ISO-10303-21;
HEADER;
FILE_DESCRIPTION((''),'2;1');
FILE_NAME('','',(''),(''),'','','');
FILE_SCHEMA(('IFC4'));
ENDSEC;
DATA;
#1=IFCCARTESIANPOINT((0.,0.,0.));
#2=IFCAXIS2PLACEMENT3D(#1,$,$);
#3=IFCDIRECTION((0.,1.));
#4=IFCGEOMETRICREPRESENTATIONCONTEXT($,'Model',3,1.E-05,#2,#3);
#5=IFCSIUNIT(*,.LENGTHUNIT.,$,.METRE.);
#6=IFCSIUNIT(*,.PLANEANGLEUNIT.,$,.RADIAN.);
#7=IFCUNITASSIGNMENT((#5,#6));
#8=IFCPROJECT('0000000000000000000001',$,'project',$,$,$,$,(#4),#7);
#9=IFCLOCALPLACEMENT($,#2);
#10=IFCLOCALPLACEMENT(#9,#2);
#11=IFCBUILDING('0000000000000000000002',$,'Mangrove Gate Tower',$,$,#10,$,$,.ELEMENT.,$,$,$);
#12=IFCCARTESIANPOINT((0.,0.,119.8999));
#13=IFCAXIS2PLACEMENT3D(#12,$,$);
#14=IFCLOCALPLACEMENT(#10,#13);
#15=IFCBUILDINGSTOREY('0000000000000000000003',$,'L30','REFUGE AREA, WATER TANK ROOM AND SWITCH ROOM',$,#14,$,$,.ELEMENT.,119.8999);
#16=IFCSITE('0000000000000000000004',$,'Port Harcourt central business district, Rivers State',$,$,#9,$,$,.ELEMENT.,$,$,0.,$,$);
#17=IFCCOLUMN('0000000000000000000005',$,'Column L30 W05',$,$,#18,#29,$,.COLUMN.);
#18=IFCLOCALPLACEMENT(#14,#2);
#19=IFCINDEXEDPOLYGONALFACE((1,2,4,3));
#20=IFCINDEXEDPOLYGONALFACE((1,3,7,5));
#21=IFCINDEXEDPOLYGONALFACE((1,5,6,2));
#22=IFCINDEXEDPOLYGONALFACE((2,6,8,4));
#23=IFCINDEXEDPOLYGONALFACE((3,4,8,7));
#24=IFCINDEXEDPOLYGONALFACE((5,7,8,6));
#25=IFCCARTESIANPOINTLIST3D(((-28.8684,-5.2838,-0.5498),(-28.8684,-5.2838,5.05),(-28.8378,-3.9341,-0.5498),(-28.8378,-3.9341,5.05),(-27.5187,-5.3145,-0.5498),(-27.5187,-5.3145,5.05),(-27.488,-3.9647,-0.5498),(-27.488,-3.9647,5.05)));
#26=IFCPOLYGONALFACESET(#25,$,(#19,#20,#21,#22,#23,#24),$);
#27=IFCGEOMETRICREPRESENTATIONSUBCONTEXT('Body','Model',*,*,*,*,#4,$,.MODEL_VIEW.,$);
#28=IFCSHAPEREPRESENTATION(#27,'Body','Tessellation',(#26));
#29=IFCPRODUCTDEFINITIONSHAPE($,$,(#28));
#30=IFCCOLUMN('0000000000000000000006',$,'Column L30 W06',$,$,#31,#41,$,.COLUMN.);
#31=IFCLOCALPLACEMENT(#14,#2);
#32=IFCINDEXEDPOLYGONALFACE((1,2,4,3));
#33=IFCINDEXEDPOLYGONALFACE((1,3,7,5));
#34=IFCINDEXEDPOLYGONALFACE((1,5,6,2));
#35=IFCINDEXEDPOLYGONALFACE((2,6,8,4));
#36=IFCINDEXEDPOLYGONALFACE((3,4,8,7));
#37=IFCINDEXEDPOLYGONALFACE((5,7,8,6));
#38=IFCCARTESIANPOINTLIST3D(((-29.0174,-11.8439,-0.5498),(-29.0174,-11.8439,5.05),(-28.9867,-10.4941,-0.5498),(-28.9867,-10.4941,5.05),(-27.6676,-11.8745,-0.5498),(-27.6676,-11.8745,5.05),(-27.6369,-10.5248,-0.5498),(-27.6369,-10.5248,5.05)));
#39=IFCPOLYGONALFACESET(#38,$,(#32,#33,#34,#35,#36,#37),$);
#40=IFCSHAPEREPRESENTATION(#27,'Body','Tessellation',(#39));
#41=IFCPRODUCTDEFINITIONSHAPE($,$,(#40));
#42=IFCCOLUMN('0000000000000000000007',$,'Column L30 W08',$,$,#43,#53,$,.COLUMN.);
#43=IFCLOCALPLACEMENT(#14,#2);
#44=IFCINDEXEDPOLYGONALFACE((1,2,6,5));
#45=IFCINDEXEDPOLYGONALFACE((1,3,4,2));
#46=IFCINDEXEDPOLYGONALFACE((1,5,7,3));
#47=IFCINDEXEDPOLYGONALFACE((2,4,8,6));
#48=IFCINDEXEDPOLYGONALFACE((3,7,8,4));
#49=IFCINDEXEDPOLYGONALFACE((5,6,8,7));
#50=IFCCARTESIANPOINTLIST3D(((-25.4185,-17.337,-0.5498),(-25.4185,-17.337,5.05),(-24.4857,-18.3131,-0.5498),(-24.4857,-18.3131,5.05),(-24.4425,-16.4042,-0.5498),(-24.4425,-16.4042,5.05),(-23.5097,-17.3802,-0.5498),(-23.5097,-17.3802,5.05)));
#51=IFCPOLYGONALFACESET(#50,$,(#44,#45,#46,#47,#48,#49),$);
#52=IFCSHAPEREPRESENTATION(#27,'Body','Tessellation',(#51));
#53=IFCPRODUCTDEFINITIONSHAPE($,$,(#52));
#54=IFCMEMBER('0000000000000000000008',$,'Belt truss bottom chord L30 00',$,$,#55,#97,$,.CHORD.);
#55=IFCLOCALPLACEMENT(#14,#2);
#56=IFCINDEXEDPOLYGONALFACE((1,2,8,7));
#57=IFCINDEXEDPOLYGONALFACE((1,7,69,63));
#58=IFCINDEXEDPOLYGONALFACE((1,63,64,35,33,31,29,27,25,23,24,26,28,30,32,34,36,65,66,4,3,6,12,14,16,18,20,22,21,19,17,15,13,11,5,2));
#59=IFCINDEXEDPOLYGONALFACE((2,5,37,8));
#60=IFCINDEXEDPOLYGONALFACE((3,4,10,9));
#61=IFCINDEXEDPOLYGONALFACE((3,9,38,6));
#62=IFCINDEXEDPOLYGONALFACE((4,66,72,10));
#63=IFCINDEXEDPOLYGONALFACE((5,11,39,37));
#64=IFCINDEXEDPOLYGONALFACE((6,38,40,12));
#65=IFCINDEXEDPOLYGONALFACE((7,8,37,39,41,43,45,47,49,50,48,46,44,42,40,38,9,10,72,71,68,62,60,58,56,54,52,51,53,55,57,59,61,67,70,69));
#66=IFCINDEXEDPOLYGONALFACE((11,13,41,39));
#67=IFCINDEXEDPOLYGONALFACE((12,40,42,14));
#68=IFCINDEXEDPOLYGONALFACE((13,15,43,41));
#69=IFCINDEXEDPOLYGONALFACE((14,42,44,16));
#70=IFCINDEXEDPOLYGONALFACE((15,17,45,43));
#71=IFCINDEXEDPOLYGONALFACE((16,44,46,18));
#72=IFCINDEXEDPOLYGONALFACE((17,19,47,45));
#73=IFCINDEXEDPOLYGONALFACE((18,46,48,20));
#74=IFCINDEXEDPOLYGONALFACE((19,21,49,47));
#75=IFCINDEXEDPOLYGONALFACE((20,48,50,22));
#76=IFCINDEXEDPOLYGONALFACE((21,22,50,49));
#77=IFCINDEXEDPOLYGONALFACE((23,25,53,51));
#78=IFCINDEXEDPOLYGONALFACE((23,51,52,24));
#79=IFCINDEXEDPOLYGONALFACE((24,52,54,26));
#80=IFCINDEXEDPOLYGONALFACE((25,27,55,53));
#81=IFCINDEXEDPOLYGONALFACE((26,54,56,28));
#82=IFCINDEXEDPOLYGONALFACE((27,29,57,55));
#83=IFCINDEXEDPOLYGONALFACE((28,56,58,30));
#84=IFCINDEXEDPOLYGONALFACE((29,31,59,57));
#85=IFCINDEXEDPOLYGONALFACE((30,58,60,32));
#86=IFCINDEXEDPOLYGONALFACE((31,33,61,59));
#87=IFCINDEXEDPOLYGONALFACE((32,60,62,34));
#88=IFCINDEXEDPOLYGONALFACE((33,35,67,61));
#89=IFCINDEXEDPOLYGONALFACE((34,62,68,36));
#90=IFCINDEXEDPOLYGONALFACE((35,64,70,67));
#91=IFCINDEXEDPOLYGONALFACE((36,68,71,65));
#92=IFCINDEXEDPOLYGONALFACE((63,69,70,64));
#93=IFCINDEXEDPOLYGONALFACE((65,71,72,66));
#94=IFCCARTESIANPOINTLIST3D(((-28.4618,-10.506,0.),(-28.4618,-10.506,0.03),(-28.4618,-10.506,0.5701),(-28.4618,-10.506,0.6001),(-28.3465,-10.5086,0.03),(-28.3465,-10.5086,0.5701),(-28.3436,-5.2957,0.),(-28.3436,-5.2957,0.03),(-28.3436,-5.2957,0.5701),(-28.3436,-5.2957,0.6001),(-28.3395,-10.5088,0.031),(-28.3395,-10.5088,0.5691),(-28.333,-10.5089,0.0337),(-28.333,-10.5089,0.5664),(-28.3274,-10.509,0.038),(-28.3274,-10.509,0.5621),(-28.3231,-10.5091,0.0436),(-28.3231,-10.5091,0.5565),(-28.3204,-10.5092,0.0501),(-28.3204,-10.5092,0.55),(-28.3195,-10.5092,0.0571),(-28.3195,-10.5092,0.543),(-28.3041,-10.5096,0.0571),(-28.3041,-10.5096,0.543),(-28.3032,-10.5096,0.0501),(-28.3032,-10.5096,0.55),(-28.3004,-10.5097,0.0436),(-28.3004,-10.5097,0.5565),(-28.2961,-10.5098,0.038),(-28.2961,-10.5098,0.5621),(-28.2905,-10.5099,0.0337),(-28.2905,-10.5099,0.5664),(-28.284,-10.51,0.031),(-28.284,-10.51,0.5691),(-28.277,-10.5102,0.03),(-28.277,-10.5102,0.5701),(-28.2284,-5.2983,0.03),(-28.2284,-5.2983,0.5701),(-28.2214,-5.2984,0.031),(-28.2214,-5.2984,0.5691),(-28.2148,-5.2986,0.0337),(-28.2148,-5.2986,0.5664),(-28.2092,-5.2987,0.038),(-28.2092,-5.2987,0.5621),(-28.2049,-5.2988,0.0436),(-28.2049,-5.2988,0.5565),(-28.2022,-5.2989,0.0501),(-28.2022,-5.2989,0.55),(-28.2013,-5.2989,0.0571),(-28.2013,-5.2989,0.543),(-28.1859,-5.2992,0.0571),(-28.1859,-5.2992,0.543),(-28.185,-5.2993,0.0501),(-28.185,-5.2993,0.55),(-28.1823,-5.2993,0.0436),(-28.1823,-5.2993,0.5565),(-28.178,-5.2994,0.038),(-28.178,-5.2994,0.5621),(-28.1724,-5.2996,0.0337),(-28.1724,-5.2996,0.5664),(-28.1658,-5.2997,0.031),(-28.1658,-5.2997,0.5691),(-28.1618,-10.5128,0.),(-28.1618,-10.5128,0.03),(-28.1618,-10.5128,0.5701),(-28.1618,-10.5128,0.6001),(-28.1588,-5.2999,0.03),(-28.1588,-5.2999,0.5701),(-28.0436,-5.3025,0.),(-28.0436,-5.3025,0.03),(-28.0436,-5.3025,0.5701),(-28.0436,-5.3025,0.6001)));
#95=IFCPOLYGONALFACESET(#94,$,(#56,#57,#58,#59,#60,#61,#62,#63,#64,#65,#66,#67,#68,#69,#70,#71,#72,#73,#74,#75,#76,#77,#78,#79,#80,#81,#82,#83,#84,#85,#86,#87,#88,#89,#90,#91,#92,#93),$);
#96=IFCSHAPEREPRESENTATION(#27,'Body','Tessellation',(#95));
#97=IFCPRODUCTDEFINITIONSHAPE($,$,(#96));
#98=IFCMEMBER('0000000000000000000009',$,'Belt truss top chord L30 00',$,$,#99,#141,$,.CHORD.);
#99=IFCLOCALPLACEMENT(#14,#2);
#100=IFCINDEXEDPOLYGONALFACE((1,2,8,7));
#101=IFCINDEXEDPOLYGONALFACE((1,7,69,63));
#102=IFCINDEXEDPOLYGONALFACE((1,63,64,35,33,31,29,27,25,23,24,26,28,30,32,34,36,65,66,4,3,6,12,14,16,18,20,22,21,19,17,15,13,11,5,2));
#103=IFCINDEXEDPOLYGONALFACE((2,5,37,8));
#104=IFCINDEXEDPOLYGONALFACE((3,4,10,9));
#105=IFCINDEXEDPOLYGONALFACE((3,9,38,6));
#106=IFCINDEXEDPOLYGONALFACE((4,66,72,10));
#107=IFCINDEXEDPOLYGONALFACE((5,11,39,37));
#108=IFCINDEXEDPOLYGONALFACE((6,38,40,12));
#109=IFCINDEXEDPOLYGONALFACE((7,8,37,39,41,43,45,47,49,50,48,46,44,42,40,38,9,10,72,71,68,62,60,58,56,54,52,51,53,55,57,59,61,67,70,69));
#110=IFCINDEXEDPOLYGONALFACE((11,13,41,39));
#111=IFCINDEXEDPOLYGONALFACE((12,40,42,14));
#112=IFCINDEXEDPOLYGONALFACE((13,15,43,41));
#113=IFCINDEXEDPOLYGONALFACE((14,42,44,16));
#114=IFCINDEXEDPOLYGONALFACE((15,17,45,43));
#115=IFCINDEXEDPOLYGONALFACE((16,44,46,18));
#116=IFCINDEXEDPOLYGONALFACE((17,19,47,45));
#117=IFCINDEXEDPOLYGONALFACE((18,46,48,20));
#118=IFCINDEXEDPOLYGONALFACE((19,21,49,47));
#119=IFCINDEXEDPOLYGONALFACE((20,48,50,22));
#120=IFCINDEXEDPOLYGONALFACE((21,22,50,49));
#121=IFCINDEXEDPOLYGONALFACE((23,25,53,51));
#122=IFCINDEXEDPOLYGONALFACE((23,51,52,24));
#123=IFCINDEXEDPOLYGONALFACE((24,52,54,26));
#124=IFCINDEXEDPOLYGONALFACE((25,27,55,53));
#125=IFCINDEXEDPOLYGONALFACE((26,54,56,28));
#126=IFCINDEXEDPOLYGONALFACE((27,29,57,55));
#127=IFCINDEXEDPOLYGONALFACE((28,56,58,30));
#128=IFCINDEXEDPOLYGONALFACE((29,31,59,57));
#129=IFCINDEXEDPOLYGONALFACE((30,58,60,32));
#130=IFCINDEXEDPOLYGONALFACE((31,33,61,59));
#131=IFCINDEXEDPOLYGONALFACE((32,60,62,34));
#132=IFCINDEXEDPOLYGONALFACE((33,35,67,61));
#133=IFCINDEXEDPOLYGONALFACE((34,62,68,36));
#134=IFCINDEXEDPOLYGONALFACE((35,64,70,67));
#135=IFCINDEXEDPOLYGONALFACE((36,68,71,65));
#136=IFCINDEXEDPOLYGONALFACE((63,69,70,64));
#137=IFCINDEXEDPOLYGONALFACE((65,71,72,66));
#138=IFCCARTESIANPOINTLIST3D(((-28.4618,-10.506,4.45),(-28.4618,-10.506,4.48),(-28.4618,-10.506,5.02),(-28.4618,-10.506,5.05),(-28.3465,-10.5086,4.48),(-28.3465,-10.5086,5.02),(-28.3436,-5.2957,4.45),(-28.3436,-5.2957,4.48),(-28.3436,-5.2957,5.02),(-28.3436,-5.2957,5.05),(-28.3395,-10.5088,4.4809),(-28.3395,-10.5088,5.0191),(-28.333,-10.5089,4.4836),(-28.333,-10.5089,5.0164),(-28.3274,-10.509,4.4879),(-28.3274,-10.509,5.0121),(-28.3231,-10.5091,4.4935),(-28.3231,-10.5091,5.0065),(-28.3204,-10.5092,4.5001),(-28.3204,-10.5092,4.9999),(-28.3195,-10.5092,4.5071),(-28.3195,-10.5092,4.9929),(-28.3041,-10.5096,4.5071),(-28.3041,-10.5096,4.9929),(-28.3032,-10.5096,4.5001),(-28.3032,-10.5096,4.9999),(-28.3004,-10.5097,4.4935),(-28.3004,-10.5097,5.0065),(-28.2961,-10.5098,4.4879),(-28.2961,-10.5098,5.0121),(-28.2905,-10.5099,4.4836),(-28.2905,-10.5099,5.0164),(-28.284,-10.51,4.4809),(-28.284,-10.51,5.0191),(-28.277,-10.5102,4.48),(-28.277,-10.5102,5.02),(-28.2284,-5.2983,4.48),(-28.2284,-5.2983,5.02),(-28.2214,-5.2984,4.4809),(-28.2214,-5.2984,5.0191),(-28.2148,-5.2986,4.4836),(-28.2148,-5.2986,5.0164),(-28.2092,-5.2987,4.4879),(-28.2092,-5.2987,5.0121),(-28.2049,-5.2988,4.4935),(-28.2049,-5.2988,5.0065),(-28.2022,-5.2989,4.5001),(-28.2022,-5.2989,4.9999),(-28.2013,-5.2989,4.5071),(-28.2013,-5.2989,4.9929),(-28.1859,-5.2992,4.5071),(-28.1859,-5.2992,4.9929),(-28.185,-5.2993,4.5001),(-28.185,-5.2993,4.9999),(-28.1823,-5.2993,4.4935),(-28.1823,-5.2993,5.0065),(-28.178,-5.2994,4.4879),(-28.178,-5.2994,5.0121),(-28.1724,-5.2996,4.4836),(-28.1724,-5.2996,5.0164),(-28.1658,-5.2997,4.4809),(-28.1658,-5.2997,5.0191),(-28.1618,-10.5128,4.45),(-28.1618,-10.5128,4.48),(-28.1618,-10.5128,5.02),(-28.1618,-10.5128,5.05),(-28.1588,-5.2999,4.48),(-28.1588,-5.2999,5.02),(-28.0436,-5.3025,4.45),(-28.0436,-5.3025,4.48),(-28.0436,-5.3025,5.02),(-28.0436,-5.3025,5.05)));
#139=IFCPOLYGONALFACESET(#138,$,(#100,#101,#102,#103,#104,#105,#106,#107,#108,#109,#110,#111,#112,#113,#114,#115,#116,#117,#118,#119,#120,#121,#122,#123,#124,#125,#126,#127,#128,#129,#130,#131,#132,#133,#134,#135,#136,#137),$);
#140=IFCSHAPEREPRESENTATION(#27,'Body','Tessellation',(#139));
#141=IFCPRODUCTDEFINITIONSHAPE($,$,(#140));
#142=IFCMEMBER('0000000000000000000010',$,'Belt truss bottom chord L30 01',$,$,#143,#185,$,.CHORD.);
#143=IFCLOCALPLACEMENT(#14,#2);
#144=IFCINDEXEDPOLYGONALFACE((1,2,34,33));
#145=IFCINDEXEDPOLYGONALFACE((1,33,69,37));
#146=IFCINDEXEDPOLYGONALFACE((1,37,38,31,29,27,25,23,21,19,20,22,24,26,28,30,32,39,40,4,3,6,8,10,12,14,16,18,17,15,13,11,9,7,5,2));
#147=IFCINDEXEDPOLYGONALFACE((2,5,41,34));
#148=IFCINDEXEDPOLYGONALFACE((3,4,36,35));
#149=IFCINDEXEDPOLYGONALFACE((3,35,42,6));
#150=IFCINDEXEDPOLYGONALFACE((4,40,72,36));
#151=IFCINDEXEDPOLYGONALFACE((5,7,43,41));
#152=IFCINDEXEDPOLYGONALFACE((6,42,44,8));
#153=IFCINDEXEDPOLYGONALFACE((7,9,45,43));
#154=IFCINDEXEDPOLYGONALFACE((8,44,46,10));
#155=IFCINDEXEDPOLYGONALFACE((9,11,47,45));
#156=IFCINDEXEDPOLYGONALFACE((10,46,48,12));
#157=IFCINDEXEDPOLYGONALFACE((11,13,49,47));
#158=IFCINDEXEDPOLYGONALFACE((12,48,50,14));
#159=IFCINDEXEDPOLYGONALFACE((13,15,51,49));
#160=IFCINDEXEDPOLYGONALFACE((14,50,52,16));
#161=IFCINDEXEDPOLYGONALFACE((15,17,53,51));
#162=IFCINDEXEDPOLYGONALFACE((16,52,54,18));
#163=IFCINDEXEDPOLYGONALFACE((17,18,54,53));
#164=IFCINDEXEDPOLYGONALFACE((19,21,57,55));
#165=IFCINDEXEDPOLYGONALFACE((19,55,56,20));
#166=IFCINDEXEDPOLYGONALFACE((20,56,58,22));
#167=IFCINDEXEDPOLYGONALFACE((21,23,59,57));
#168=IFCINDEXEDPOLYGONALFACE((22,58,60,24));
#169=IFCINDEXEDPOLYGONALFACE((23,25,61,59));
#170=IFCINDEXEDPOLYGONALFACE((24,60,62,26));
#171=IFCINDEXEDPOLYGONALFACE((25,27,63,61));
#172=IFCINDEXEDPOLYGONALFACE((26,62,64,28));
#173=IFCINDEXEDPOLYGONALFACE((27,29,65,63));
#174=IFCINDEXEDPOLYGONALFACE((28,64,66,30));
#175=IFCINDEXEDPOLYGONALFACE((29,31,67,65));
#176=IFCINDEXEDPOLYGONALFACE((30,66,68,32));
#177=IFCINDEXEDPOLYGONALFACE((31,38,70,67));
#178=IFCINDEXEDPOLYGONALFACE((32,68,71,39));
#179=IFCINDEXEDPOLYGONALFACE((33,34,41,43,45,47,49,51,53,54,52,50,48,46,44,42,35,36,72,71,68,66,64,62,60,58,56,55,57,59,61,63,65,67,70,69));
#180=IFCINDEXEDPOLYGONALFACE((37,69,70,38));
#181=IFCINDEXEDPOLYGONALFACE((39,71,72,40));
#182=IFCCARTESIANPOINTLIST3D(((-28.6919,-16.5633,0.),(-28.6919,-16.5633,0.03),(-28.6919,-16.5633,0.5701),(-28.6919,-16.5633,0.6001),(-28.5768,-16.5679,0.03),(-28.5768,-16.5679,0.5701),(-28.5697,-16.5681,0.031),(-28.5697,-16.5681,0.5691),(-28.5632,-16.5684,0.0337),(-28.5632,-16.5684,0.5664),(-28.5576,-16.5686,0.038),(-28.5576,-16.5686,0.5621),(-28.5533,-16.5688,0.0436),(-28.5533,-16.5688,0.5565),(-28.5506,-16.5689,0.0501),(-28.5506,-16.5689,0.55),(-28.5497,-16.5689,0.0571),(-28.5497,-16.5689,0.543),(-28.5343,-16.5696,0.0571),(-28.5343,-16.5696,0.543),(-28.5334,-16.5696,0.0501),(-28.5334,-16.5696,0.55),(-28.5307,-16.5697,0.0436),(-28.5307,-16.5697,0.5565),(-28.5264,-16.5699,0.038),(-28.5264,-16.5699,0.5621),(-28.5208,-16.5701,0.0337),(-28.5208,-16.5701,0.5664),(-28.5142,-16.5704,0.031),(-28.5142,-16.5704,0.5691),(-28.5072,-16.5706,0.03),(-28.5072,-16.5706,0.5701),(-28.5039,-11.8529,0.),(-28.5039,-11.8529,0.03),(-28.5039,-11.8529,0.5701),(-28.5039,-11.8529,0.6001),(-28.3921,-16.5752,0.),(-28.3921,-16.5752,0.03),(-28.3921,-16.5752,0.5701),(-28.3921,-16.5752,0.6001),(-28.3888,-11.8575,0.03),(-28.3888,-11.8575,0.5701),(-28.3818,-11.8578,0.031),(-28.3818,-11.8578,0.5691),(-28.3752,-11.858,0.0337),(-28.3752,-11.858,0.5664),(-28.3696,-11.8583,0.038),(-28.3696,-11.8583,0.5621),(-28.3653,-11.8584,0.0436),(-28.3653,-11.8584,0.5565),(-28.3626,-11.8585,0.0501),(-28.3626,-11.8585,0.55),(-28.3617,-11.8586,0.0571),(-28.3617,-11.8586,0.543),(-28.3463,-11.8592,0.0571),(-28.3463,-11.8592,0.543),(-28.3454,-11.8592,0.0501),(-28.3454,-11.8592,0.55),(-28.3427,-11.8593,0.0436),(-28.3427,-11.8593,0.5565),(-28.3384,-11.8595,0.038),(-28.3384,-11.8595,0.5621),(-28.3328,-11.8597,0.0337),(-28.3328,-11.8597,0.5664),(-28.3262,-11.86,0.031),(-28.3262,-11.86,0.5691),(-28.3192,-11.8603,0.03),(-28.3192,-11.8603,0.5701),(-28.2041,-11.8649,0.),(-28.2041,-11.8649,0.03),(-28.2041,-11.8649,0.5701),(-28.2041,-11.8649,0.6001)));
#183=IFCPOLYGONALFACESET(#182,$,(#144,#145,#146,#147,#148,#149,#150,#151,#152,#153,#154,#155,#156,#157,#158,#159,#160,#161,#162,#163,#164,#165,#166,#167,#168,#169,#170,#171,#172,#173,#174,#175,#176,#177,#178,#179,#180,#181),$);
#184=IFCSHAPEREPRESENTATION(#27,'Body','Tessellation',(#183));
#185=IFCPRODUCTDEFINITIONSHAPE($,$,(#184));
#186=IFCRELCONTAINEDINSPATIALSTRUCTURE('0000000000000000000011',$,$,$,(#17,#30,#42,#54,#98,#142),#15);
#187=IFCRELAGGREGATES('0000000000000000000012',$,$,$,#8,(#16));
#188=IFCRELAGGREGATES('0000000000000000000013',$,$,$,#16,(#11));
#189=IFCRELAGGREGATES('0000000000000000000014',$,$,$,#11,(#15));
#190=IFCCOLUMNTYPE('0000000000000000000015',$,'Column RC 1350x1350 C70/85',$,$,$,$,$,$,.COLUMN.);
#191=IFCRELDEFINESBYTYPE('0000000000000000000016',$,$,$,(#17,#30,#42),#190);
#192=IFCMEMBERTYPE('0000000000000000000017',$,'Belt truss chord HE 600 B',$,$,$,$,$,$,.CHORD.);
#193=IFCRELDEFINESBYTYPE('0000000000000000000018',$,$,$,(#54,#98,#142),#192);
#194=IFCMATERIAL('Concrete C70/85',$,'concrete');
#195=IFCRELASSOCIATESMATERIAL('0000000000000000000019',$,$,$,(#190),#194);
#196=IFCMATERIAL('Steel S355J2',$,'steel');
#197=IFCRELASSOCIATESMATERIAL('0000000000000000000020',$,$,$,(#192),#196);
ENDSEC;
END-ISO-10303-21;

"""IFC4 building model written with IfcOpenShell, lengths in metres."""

from ifc_helpers import new_model, si_unit, direction, frame, origin, origin_2d, place, context, subcontext, project, spatial, rectangle, i_section, extrude, material, material_profile, profile_set, type_object, element, save


model = new_model("IFC4")

# Units and contexts
model_context = context("Model", 3, precision=1e-05, world=origin(), true_north=direction((0.0, 1.0)))
body_context = subcontext(model_context, "Body", "Model", "MODEL_VIEW")
ifc_project = project(units=[si_unit("LENGTHUNIT", "METRE"), si_unit("PLANEANGLEUNIT", "RADIAN")], contexts=[model_context])

# Site, building, storey
site_placement = place(None, origin())
site = spatial("IfcSite", under=ifc_project, at=site_placement, Name="Port Harcourt central business district, Rivers State", CompositionType="ELEMENT", RefElevation=0.0)
building_placement = place(site_placement, origin())
building = spatial("IfcBuilding", under=site, at=building_placement, Name="Mangrove Gate Tower", CompositionType="ELEMENT")
storey_placement = place(building_placement, frame((0.0, 0.0, 119.8999)))
storey = spatial("IfcBuildingStorey", under=building, at=storey_placement, Name="L30", Description="REFUGE AREA, WATER TANK ROOM AND SWITCH ROOM", CompositionType="ELEMENT", Elevation=119.8999)

# Columns
ifc_material_1 = material(Name="Concrete C70/85", Category="concrete")
ifc_material_profile_1 = material_profile(ifc_material_1, rectangle(XDim=1.3501, YDim=1.3501, at=origin_2d()))
ifc_profile_set_1 = profile_set([ifc_material_profile_1], Name="Concrete C70/85")
column_type = type_object("IfcColumnType", Name="Column RC 1350x1350 C70/85", PredefinedType="COLUMN", material=ifc_profile_set_1)
for number, where, z_axis, x_axis, name in (
    (1, (-28.1782, -4.6243, -0.5498), (0.0, 0.0, 1.0), (-0.022696, -0.999742, 0.0), "Column L30 W05"),
    (2, (-28.3271, -11.1843, -0.5498), (0.0, 0.0, 1.0), (-0.022706, -0.999742, 0.0), "Column L30 W06"),
    (3, (-24.4641, -17.3586, -0.5498), (0.0, 0.0, 1.0), (0.690932, -0.72292, 0.0), "Column L30 W08"),
):
    element("IfcColumn", number, at=place(storey_placement, frame(where, z_axis=z_axis, x_axis=x_axis)), inside=storey, type_object=column_type, Name=name, PredefinedType="COLUMN", context=body_context, shape_type="SweptSolid", body=[
        extrude(rectangle(XDim=1.3501, YDim=1.3501, at=origin_2d()), origin(), (0.0, 0.0, 1.0), 5.5999),
    ])

# Members
ifc_material_2 = material(Name="Steel S355J2", Category="steel")
ifc_material_profile_2 = material_profile(ifc_material_2, i_section(OverallWidth=0.3, OverallDepth=0.6001, WebThickness=0.0154, FlangeThickness=0.03, FilletRadius=0.0271, at=origin_2d()))
ifc_profile_set_2 = profile_set([ifc_material_profile_2], Name="Steel S355J2")
member_type_1 = type_object("IfcMemberType", Name="Belt truss chord HE 600 B", PredefinedType="CHORD", material=ifc_profile_set_2)
for number, where, z_axis, x_axis, name in (
    (4, (-28.1936, -5.2991, 0.3), (-0.022672, -0.999743, 0.0), (0.999743, -0.022672, 0.0), "Belt truss bottom chord L30 00"),
    (5, (-28.1936, -5.2991, 4.75), (-0.022672, -0.999743, 0.0), (0.999743, -0.022672, 0.0), "Belt truss top chord L30 00"),
):
    element("IfcMember", number, at=place(storey_placement, frame(where, z_axis=z_axis, x_axis=x_axis)), inside=storey, type_object=member_type_1, Name=name, PredefinedType="CHORD", context=body_context, shape_type="SweptSolid", body=[
        extrude(i_section(OverallWidth=0.3, OverallDepth=0.6001, WebThickness=0.0154, FlangeThickness=0.03, FilletRadius=0.0271, at=origin_2d()), origin(), (0.0, 0.0, 1.0), 5.2117),
    ])
for number, where, z_axis, x_axis, name in (
    (6, (-28.354, -11.8589, 0.3), (-0.039877, -0.999205, 0.0), (0.999205, -0.039877, 0.0), "Belt truss bottom chord L30 01"),
):
    element("IfcMember", number, at=place(storey_placement, frame(where, z_axis=z_axis, x_axis=x_axis)), inside=storey, type_object=member_type_1, Name=name, PredefinedType="CHORD", context=body_context, shape_type="SweptSolid", body=[
        extrude(i_section(OverallWidth=0.3, OverallDepth=0.6001, WebThickness=0.0154, FlangeThickness=0.03, FilletRadius=0.0271, at=origin_2d()), origin(), (0.0, 0.0, 1.0), 4.7141),
    ])

save(model, "model.ifc")
